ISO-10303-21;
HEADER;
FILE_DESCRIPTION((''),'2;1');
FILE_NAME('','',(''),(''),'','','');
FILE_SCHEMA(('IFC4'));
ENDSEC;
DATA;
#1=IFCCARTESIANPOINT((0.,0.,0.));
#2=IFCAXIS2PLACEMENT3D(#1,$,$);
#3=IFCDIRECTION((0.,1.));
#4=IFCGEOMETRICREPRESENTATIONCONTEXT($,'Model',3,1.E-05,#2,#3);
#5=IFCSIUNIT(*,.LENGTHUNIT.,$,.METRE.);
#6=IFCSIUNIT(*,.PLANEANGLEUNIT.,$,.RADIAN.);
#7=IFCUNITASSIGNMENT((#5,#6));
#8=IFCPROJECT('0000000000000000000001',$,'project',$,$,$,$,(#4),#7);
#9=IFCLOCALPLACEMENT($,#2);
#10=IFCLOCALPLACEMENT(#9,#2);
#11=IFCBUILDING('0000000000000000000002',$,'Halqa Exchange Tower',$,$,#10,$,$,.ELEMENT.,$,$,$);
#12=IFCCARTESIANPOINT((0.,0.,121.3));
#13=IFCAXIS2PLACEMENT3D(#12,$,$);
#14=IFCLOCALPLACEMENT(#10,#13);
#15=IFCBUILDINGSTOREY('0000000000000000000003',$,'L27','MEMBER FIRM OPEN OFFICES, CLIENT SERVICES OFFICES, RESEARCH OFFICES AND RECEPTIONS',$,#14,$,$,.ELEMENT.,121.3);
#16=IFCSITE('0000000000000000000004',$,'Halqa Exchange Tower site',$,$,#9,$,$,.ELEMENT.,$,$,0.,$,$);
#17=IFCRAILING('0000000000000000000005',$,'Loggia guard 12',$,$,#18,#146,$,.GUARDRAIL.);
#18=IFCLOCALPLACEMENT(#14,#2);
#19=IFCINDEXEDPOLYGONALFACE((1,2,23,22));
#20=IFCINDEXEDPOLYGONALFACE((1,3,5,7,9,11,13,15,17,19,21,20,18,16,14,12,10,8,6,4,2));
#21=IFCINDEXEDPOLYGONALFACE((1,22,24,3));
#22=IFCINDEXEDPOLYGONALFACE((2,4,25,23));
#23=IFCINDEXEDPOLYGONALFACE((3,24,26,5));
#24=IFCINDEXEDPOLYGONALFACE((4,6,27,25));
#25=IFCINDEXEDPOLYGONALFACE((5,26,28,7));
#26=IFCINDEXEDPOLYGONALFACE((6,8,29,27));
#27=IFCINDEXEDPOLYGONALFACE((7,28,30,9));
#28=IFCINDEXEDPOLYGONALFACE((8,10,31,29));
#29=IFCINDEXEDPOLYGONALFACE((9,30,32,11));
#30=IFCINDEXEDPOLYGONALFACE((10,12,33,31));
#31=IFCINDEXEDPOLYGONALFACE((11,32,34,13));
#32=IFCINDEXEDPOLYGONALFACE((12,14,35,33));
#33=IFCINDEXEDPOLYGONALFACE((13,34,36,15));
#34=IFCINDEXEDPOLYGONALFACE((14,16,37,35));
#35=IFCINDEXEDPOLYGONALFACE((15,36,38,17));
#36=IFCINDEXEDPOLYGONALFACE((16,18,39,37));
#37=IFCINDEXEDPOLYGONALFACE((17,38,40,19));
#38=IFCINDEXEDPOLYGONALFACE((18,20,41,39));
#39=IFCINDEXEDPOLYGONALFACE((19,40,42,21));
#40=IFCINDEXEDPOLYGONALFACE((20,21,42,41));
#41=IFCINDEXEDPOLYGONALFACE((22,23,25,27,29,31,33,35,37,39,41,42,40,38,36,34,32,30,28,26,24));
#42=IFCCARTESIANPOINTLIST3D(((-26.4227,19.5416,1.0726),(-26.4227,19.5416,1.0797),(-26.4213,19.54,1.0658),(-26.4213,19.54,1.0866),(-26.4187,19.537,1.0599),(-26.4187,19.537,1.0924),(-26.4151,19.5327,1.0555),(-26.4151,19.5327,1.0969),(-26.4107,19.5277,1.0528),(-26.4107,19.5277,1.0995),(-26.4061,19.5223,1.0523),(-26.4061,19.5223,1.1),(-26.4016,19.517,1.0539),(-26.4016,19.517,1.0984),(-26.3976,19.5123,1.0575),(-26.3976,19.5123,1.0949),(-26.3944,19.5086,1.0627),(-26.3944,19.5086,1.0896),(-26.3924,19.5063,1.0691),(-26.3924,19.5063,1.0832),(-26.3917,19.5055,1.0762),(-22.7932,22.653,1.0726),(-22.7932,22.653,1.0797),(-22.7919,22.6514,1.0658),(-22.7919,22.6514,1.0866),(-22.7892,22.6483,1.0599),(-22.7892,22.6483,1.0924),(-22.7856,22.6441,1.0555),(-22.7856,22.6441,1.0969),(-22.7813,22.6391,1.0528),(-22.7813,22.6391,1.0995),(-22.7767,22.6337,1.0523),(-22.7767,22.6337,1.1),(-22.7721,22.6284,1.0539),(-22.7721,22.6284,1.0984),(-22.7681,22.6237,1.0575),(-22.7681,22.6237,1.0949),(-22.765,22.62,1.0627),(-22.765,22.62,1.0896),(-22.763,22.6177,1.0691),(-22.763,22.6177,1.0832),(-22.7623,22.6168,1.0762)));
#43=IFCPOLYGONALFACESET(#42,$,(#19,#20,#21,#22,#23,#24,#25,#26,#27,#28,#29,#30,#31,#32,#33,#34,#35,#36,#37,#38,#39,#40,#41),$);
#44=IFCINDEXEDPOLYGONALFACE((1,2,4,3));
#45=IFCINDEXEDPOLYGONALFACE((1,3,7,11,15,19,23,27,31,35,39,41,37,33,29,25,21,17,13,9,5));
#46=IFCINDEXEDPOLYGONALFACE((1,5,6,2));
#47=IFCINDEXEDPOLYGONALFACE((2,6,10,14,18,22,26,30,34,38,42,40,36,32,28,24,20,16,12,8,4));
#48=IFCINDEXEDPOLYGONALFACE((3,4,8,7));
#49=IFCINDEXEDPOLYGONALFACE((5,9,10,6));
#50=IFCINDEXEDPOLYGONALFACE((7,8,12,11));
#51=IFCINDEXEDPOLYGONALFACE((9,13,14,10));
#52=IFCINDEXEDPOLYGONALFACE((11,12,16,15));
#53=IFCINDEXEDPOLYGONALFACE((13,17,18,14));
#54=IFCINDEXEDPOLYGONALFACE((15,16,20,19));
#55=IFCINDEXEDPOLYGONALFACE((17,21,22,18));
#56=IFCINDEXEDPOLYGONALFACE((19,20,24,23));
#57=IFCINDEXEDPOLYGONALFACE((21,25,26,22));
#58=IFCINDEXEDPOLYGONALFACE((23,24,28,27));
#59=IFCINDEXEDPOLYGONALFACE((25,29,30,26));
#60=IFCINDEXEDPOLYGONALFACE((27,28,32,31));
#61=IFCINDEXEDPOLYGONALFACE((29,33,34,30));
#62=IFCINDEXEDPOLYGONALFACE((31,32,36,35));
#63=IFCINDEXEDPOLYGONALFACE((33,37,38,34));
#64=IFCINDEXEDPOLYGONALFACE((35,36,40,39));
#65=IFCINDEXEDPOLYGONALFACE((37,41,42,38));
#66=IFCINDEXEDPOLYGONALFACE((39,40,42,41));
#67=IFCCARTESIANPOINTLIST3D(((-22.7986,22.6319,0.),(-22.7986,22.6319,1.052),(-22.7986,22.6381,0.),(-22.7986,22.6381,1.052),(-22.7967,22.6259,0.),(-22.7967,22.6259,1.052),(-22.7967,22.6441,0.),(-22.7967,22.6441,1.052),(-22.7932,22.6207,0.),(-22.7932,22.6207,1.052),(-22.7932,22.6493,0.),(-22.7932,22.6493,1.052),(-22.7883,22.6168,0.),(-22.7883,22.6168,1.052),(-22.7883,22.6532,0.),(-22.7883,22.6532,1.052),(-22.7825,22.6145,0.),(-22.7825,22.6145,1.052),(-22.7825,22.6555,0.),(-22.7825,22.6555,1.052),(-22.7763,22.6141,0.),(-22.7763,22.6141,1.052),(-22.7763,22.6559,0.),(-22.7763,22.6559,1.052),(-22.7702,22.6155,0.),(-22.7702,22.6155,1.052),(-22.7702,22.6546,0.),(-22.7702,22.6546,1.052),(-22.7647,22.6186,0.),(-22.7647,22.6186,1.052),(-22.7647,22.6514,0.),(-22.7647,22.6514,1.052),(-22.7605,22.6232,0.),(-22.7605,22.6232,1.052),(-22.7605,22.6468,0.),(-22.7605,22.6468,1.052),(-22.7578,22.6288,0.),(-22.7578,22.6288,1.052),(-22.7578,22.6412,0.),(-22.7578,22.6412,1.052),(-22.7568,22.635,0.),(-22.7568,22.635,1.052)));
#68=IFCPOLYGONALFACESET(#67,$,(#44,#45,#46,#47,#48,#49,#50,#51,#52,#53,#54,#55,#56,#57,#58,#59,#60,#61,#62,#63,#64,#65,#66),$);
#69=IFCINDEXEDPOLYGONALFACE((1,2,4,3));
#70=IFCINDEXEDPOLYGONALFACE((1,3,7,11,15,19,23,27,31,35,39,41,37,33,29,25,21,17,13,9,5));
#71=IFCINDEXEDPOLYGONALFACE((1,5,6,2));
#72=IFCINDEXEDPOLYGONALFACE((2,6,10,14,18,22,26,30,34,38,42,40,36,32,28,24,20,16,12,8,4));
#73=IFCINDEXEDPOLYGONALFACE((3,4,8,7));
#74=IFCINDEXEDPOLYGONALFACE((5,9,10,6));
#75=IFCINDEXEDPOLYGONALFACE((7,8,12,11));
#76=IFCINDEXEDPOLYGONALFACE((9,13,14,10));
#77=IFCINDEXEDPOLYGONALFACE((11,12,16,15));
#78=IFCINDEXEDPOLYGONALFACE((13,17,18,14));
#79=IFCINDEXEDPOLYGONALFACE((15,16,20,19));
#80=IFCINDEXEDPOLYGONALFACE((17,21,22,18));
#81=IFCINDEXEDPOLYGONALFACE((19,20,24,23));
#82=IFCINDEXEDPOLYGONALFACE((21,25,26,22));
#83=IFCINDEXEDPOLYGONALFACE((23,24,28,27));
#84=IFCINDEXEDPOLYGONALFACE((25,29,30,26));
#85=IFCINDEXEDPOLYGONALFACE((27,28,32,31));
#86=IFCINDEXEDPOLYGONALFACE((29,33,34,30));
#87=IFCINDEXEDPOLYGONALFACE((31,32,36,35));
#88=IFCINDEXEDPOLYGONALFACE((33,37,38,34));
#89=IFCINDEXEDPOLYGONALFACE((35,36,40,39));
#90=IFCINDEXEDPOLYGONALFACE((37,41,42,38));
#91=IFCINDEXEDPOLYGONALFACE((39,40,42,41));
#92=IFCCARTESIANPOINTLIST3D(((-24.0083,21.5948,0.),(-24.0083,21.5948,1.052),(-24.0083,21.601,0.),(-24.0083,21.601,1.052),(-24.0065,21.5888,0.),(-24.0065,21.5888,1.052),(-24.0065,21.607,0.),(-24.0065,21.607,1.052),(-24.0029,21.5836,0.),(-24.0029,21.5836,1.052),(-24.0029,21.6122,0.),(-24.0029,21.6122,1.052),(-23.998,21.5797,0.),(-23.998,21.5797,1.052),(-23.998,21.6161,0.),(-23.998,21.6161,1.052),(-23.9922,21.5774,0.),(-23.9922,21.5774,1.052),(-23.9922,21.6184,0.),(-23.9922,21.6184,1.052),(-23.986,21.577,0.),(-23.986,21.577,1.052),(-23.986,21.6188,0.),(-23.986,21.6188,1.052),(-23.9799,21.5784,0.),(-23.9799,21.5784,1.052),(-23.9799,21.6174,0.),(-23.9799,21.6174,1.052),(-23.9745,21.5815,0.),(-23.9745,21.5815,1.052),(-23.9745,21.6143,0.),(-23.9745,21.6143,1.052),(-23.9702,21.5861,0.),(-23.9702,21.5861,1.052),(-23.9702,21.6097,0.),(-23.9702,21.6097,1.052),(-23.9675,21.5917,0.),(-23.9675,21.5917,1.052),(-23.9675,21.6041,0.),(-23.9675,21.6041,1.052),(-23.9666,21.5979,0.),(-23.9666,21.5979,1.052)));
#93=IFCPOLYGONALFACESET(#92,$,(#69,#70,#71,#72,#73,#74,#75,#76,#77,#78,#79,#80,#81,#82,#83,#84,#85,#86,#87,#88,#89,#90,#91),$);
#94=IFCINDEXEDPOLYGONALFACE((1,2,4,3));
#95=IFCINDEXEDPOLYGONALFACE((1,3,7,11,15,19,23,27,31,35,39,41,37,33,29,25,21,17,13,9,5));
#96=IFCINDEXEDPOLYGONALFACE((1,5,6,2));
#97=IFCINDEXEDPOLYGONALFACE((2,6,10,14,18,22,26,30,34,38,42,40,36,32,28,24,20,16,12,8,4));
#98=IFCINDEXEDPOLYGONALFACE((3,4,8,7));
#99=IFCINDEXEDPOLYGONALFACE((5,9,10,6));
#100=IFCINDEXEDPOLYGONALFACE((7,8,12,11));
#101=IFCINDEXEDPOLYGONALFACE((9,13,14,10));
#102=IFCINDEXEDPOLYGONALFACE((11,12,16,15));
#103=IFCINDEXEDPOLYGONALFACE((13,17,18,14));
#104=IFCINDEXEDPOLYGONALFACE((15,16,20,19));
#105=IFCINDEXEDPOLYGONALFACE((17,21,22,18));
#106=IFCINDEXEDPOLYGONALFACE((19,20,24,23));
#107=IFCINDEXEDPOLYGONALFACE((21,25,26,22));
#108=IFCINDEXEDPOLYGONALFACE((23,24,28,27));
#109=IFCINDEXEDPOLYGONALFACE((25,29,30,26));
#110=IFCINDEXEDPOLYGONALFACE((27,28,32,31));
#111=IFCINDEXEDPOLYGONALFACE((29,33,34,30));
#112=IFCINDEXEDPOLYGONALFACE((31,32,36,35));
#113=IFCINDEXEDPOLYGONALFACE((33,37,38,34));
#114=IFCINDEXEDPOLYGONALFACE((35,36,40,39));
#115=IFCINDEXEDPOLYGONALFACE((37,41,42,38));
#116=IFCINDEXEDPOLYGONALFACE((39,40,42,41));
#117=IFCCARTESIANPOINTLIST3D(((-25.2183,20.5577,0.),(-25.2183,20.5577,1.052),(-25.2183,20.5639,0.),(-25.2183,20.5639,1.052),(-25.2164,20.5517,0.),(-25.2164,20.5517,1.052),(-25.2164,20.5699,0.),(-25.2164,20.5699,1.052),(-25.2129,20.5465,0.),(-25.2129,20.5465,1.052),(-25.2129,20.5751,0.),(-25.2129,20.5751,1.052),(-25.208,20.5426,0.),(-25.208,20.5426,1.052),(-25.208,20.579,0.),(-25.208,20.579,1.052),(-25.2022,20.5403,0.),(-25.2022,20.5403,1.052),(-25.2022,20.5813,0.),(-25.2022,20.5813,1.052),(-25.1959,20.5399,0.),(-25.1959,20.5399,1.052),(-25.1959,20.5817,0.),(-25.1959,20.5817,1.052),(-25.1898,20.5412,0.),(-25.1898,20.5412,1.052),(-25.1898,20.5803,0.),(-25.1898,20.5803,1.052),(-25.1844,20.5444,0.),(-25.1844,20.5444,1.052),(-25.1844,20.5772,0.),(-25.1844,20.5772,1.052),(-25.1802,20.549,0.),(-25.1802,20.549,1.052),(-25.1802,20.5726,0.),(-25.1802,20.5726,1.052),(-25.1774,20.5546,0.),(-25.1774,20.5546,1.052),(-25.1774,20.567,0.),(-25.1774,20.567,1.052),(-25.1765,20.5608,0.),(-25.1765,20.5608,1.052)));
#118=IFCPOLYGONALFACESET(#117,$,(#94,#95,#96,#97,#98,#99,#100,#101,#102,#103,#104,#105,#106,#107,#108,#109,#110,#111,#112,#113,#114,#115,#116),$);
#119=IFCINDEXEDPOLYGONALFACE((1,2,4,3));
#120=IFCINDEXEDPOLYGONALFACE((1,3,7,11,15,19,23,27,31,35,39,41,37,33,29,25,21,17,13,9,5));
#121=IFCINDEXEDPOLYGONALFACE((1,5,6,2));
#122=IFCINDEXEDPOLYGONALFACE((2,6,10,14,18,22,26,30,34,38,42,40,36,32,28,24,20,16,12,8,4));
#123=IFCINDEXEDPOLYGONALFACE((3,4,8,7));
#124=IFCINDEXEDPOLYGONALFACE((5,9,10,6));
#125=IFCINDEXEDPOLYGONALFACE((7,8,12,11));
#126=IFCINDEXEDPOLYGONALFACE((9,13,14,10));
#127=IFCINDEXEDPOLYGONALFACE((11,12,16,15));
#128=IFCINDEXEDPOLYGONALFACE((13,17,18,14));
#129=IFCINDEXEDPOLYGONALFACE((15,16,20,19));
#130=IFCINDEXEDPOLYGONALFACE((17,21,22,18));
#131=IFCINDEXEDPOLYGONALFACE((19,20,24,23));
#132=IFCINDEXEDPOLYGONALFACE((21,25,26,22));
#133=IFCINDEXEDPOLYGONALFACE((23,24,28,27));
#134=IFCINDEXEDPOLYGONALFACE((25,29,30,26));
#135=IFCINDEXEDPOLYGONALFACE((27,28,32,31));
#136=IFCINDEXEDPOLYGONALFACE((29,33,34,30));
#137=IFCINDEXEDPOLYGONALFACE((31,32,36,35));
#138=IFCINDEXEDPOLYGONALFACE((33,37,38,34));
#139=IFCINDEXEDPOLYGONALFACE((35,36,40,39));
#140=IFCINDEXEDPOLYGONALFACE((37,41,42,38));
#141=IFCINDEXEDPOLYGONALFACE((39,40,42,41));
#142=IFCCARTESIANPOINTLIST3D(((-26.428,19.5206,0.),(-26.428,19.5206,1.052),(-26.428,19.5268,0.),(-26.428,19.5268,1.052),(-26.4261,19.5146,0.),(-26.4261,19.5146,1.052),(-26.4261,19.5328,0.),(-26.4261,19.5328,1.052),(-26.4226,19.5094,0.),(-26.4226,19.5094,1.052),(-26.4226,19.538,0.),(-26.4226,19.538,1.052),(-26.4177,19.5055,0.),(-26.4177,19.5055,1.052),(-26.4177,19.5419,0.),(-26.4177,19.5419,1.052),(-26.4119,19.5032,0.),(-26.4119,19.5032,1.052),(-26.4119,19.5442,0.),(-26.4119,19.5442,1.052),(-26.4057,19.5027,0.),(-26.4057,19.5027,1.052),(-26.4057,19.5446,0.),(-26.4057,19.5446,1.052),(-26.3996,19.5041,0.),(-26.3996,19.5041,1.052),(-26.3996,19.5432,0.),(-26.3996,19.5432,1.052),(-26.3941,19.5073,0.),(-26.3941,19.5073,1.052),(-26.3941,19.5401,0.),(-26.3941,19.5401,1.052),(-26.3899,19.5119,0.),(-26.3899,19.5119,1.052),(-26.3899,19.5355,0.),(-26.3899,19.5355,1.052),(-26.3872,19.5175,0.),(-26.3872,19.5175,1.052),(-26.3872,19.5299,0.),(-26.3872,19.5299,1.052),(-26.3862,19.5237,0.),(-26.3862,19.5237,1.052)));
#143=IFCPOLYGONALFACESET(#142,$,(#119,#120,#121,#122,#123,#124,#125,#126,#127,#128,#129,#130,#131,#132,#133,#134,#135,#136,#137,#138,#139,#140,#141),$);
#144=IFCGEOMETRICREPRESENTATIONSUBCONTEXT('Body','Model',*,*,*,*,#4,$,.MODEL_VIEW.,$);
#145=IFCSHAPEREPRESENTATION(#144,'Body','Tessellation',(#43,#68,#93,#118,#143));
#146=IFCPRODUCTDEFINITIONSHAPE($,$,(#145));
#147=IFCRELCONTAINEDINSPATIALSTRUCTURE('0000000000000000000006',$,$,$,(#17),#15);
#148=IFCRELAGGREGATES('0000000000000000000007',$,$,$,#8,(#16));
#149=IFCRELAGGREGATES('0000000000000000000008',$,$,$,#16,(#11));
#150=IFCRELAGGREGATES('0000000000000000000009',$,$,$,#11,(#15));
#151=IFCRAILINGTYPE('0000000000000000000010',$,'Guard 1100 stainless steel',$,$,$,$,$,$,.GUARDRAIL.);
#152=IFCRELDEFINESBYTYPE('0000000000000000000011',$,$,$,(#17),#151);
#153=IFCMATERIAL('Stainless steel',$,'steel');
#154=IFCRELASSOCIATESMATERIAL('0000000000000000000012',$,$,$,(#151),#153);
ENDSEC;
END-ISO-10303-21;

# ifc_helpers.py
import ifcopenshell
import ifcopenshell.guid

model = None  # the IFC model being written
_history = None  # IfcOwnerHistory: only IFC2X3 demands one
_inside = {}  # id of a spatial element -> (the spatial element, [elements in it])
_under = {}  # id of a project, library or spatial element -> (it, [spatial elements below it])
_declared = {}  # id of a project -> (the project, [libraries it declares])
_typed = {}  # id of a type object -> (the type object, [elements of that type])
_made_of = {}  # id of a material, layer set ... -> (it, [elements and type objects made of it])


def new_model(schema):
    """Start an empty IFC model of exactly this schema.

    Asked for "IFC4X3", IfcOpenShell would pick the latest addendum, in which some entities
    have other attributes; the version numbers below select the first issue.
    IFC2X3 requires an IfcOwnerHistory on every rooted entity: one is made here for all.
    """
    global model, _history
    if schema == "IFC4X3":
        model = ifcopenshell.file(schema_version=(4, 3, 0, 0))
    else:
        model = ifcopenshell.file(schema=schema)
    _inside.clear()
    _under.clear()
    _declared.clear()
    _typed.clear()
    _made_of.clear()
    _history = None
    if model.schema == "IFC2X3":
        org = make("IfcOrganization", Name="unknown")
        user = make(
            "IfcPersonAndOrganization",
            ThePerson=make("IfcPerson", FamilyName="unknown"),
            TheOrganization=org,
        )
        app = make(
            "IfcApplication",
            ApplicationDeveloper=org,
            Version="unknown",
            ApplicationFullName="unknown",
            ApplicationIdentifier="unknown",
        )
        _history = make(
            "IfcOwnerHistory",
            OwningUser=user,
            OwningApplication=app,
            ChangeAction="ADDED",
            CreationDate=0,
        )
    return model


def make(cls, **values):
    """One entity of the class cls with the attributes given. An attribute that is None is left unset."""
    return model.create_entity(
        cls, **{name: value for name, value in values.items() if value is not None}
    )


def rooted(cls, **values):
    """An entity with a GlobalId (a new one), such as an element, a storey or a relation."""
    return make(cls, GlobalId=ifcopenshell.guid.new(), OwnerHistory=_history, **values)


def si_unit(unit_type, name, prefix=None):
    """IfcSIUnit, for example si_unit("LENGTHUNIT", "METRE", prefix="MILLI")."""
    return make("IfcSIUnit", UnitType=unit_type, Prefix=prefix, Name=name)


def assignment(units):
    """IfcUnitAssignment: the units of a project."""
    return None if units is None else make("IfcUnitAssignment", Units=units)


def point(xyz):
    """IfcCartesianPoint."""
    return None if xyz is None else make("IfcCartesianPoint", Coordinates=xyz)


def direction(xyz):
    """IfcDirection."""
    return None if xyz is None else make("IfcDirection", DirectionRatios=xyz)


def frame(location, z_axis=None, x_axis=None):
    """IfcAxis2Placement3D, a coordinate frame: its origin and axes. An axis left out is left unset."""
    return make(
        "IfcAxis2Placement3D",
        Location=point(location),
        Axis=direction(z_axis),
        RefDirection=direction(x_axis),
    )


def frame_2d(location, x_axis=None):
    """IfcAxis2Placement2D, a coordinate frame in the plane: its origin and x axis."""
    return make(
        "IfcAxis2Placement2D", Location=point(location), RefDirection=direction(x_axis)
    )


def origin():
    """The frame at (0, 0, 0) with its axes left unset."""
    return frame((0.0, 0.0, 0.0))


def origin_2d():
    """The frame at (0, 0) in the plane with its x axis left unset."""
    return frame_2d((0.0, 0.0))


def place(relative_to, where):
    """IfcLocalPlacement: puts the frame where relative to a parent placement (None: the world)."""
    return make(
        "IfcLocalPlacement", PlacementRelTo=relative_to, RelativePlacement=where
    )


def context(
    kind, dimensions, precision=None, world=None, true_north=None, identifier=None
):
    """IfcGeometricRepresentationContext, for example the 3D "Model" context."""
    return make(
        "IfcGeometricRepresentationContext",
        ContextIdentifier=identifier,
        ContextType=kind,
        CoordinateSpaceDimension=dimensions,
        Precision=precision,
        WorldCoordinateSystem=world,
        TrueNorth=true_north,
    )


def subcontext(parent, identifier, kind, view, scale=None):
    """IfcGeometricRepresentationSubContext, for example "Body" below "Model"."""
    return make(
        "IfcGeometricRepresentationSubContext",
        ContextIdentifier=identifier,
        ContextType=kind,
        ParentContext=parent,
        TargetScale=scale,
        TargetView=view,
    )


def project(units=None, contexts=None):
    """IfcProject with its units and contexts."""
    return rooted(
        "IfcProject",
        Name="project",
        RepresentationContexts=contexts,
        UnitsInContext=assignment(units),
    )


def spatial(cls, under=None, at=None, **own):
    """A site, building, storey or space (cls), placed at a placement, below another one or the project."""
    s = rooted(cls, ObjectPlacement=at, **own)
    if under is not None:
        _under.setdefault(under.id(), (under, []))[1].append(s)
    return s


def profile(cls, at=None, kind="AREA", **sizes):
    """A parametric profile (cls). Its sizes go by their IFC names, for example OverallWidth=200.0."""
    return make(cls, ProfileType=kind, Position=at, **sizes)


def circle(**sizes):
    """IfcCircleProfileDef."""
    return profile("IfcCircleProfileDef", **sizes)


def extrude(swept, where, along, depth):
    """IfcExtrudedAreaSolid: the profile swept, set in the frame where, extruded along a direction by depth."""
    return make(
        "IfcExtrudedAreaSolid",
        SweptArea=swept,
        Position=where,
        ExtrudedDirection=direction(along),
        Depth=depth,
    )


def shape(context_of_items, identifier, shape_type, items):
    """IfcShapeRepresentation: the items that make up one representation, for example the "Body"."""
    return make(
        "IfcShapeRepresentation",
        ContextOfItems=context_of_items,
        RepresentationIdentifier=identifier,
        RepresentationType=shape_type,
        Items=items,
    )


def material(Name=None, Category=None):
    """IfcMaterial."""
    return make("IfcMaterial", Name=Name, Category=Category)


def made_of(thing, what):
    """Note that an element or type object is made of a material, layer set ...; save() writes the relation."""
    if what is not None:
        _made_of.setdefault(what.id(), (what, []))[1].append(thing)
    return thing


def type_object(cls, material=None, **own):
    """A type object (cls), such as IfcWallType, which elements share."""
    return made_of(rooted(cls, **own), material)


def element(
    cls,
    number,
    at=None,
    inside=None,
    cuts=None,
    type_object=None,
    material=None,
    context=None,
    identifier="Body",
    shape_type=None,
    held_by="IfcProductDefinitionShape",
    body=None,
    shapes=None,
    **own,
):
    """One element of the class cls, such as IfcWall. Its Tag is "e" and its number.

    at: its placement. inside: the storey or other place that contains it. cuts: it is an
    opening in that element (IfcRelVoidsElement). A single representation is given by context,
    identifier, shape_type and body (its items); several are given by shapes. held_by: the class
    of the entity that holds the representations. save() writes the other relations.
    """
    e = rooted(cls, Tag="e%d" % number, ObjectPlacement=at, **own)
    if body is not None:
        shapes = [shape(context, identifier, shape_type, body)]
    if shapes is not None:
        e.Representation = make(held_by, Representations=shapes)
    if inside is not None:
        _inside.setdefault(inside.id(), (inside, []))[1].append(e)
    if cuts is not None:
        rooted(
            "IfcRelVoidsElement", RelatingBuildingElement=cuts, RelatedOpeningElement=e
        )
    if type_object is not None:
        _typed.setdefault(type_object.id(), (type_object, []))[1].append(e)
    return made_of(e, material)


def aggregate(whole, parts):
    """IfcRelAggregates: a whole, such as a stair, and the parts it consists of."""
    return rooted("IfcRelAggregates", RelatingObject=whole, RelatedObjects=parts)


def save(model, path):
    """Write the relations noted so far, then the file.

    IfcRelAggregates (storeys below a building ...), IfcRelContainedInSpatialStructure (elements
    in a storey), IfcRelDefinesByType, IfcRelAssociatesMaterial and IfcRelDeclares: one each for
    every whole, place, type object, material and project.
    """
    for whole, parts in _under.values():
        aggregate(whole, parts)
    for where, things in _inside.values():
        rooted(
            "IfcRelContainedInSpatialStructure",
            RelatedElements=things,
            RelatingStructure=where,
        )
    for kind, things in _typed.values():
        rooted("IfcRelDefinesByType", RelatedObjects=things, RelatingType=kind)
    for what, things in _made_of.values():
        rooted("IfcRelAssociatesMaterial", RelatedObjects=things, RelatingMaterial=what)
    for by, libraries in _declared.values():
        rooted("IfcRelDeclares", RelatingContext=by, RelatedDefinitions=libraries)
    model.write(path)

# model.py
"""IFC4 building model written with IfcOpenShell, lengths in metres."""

from ifc_helpers import new_model, si_unit, direction, frame, origin, origin_2d, place, context, subcontext, project, spatial, circle, extrude, material, type_object, element, save


model = new_model("IFC4")

# Units and contexts
model_context = context("Model", 3, precision=1e-05, world=origin(), true_north=direction((0.0, 1.0)))
body_context = subcontext(model_context, "Body", "Model", "MODEL_VIEW")
ifc_project = project(units=[si_unit("LENGTHUNIT", "METRE"), si_unit("PLANEANGLEUNIT", "RADIAN")], contexts=[model_context])

# Site, building, storey
site_placement = place(None, origin())
site = spatial("IfcSite", under=ifc_project, at=site_placement, Name="Halqa Exchange Tower site", CompositionType="ELEMENT", RefElevation=0.0)
building_placement = place(site_placement, origin())
building = spatial("IfcBuilding", under=site, at=building_placement, Name="Halqa Exchange Tower", CompositionType="ELEMENT")
storey_placement = place(building_placement, frame((0.0, 0.0, 121.3)))
storey = spatial("IfcBuildingStorey", under=building, at=storey_placement, Name="L27", Description="MEMBER FIRM OPEN OFFICES, CLIENT SERVICES OFFICES, RESEARCH OFFICES AND RECEPTIONS", CompositionType="ELEMENT", Elevation=121.3)

# Railing
ifc_material_1 = material(Name="Stainless steel", Category="steel")
railing_type = type_object("IfcRailingType", Name="Guard 1100 stainless steel", PredefinedType="GUARDRAIL", material=ifc_material_1)
railing_1_placement = place(storey_placement, frame((-22.7778, 22.635, 0.0)))
element("IfcRailing", 1, at=railing_1_placement, inside=storey, type_object=railing_type, Name="Loggia guard 12", PredefinedType="GUARDRAIL", context=body_context, shape_type="SweptSolid", body=[
    extrude(circle(Radius=0.0239, at=origin_2d()), frame((0.0, 0.0, 1.0762), z_axis=(-0.759213, -0.650842, 0.0), x_axis=(0.650842, -0.759213, 0.0)), (0.0, 0.0, 1.0), 4.7805),
    extrude(circle(Radius=0.021, at=origin_2d()), origin(), (0.0, 0.0, 1.0), 1.052),
    extrude(circle(Radius=0.021, at=origin_2d()), frame((-1.2097, -1.0371, 0.0)), (0.0, 0.0, 1.0), 1.052),
    extrude(circle(Radius=0.021, at=origin_2d()), frame((-2.4197, -2.0742, 0.0)), (0.0, 0.0, 1.0), 1.052),
    extrude(circle(Radius=0.021, at=origin_2d()), frame((-3.6294, -3.1113, 0.0)), (0.0, 0.0, 1.0), 1.052),
])

save(model, "model.ifc")
